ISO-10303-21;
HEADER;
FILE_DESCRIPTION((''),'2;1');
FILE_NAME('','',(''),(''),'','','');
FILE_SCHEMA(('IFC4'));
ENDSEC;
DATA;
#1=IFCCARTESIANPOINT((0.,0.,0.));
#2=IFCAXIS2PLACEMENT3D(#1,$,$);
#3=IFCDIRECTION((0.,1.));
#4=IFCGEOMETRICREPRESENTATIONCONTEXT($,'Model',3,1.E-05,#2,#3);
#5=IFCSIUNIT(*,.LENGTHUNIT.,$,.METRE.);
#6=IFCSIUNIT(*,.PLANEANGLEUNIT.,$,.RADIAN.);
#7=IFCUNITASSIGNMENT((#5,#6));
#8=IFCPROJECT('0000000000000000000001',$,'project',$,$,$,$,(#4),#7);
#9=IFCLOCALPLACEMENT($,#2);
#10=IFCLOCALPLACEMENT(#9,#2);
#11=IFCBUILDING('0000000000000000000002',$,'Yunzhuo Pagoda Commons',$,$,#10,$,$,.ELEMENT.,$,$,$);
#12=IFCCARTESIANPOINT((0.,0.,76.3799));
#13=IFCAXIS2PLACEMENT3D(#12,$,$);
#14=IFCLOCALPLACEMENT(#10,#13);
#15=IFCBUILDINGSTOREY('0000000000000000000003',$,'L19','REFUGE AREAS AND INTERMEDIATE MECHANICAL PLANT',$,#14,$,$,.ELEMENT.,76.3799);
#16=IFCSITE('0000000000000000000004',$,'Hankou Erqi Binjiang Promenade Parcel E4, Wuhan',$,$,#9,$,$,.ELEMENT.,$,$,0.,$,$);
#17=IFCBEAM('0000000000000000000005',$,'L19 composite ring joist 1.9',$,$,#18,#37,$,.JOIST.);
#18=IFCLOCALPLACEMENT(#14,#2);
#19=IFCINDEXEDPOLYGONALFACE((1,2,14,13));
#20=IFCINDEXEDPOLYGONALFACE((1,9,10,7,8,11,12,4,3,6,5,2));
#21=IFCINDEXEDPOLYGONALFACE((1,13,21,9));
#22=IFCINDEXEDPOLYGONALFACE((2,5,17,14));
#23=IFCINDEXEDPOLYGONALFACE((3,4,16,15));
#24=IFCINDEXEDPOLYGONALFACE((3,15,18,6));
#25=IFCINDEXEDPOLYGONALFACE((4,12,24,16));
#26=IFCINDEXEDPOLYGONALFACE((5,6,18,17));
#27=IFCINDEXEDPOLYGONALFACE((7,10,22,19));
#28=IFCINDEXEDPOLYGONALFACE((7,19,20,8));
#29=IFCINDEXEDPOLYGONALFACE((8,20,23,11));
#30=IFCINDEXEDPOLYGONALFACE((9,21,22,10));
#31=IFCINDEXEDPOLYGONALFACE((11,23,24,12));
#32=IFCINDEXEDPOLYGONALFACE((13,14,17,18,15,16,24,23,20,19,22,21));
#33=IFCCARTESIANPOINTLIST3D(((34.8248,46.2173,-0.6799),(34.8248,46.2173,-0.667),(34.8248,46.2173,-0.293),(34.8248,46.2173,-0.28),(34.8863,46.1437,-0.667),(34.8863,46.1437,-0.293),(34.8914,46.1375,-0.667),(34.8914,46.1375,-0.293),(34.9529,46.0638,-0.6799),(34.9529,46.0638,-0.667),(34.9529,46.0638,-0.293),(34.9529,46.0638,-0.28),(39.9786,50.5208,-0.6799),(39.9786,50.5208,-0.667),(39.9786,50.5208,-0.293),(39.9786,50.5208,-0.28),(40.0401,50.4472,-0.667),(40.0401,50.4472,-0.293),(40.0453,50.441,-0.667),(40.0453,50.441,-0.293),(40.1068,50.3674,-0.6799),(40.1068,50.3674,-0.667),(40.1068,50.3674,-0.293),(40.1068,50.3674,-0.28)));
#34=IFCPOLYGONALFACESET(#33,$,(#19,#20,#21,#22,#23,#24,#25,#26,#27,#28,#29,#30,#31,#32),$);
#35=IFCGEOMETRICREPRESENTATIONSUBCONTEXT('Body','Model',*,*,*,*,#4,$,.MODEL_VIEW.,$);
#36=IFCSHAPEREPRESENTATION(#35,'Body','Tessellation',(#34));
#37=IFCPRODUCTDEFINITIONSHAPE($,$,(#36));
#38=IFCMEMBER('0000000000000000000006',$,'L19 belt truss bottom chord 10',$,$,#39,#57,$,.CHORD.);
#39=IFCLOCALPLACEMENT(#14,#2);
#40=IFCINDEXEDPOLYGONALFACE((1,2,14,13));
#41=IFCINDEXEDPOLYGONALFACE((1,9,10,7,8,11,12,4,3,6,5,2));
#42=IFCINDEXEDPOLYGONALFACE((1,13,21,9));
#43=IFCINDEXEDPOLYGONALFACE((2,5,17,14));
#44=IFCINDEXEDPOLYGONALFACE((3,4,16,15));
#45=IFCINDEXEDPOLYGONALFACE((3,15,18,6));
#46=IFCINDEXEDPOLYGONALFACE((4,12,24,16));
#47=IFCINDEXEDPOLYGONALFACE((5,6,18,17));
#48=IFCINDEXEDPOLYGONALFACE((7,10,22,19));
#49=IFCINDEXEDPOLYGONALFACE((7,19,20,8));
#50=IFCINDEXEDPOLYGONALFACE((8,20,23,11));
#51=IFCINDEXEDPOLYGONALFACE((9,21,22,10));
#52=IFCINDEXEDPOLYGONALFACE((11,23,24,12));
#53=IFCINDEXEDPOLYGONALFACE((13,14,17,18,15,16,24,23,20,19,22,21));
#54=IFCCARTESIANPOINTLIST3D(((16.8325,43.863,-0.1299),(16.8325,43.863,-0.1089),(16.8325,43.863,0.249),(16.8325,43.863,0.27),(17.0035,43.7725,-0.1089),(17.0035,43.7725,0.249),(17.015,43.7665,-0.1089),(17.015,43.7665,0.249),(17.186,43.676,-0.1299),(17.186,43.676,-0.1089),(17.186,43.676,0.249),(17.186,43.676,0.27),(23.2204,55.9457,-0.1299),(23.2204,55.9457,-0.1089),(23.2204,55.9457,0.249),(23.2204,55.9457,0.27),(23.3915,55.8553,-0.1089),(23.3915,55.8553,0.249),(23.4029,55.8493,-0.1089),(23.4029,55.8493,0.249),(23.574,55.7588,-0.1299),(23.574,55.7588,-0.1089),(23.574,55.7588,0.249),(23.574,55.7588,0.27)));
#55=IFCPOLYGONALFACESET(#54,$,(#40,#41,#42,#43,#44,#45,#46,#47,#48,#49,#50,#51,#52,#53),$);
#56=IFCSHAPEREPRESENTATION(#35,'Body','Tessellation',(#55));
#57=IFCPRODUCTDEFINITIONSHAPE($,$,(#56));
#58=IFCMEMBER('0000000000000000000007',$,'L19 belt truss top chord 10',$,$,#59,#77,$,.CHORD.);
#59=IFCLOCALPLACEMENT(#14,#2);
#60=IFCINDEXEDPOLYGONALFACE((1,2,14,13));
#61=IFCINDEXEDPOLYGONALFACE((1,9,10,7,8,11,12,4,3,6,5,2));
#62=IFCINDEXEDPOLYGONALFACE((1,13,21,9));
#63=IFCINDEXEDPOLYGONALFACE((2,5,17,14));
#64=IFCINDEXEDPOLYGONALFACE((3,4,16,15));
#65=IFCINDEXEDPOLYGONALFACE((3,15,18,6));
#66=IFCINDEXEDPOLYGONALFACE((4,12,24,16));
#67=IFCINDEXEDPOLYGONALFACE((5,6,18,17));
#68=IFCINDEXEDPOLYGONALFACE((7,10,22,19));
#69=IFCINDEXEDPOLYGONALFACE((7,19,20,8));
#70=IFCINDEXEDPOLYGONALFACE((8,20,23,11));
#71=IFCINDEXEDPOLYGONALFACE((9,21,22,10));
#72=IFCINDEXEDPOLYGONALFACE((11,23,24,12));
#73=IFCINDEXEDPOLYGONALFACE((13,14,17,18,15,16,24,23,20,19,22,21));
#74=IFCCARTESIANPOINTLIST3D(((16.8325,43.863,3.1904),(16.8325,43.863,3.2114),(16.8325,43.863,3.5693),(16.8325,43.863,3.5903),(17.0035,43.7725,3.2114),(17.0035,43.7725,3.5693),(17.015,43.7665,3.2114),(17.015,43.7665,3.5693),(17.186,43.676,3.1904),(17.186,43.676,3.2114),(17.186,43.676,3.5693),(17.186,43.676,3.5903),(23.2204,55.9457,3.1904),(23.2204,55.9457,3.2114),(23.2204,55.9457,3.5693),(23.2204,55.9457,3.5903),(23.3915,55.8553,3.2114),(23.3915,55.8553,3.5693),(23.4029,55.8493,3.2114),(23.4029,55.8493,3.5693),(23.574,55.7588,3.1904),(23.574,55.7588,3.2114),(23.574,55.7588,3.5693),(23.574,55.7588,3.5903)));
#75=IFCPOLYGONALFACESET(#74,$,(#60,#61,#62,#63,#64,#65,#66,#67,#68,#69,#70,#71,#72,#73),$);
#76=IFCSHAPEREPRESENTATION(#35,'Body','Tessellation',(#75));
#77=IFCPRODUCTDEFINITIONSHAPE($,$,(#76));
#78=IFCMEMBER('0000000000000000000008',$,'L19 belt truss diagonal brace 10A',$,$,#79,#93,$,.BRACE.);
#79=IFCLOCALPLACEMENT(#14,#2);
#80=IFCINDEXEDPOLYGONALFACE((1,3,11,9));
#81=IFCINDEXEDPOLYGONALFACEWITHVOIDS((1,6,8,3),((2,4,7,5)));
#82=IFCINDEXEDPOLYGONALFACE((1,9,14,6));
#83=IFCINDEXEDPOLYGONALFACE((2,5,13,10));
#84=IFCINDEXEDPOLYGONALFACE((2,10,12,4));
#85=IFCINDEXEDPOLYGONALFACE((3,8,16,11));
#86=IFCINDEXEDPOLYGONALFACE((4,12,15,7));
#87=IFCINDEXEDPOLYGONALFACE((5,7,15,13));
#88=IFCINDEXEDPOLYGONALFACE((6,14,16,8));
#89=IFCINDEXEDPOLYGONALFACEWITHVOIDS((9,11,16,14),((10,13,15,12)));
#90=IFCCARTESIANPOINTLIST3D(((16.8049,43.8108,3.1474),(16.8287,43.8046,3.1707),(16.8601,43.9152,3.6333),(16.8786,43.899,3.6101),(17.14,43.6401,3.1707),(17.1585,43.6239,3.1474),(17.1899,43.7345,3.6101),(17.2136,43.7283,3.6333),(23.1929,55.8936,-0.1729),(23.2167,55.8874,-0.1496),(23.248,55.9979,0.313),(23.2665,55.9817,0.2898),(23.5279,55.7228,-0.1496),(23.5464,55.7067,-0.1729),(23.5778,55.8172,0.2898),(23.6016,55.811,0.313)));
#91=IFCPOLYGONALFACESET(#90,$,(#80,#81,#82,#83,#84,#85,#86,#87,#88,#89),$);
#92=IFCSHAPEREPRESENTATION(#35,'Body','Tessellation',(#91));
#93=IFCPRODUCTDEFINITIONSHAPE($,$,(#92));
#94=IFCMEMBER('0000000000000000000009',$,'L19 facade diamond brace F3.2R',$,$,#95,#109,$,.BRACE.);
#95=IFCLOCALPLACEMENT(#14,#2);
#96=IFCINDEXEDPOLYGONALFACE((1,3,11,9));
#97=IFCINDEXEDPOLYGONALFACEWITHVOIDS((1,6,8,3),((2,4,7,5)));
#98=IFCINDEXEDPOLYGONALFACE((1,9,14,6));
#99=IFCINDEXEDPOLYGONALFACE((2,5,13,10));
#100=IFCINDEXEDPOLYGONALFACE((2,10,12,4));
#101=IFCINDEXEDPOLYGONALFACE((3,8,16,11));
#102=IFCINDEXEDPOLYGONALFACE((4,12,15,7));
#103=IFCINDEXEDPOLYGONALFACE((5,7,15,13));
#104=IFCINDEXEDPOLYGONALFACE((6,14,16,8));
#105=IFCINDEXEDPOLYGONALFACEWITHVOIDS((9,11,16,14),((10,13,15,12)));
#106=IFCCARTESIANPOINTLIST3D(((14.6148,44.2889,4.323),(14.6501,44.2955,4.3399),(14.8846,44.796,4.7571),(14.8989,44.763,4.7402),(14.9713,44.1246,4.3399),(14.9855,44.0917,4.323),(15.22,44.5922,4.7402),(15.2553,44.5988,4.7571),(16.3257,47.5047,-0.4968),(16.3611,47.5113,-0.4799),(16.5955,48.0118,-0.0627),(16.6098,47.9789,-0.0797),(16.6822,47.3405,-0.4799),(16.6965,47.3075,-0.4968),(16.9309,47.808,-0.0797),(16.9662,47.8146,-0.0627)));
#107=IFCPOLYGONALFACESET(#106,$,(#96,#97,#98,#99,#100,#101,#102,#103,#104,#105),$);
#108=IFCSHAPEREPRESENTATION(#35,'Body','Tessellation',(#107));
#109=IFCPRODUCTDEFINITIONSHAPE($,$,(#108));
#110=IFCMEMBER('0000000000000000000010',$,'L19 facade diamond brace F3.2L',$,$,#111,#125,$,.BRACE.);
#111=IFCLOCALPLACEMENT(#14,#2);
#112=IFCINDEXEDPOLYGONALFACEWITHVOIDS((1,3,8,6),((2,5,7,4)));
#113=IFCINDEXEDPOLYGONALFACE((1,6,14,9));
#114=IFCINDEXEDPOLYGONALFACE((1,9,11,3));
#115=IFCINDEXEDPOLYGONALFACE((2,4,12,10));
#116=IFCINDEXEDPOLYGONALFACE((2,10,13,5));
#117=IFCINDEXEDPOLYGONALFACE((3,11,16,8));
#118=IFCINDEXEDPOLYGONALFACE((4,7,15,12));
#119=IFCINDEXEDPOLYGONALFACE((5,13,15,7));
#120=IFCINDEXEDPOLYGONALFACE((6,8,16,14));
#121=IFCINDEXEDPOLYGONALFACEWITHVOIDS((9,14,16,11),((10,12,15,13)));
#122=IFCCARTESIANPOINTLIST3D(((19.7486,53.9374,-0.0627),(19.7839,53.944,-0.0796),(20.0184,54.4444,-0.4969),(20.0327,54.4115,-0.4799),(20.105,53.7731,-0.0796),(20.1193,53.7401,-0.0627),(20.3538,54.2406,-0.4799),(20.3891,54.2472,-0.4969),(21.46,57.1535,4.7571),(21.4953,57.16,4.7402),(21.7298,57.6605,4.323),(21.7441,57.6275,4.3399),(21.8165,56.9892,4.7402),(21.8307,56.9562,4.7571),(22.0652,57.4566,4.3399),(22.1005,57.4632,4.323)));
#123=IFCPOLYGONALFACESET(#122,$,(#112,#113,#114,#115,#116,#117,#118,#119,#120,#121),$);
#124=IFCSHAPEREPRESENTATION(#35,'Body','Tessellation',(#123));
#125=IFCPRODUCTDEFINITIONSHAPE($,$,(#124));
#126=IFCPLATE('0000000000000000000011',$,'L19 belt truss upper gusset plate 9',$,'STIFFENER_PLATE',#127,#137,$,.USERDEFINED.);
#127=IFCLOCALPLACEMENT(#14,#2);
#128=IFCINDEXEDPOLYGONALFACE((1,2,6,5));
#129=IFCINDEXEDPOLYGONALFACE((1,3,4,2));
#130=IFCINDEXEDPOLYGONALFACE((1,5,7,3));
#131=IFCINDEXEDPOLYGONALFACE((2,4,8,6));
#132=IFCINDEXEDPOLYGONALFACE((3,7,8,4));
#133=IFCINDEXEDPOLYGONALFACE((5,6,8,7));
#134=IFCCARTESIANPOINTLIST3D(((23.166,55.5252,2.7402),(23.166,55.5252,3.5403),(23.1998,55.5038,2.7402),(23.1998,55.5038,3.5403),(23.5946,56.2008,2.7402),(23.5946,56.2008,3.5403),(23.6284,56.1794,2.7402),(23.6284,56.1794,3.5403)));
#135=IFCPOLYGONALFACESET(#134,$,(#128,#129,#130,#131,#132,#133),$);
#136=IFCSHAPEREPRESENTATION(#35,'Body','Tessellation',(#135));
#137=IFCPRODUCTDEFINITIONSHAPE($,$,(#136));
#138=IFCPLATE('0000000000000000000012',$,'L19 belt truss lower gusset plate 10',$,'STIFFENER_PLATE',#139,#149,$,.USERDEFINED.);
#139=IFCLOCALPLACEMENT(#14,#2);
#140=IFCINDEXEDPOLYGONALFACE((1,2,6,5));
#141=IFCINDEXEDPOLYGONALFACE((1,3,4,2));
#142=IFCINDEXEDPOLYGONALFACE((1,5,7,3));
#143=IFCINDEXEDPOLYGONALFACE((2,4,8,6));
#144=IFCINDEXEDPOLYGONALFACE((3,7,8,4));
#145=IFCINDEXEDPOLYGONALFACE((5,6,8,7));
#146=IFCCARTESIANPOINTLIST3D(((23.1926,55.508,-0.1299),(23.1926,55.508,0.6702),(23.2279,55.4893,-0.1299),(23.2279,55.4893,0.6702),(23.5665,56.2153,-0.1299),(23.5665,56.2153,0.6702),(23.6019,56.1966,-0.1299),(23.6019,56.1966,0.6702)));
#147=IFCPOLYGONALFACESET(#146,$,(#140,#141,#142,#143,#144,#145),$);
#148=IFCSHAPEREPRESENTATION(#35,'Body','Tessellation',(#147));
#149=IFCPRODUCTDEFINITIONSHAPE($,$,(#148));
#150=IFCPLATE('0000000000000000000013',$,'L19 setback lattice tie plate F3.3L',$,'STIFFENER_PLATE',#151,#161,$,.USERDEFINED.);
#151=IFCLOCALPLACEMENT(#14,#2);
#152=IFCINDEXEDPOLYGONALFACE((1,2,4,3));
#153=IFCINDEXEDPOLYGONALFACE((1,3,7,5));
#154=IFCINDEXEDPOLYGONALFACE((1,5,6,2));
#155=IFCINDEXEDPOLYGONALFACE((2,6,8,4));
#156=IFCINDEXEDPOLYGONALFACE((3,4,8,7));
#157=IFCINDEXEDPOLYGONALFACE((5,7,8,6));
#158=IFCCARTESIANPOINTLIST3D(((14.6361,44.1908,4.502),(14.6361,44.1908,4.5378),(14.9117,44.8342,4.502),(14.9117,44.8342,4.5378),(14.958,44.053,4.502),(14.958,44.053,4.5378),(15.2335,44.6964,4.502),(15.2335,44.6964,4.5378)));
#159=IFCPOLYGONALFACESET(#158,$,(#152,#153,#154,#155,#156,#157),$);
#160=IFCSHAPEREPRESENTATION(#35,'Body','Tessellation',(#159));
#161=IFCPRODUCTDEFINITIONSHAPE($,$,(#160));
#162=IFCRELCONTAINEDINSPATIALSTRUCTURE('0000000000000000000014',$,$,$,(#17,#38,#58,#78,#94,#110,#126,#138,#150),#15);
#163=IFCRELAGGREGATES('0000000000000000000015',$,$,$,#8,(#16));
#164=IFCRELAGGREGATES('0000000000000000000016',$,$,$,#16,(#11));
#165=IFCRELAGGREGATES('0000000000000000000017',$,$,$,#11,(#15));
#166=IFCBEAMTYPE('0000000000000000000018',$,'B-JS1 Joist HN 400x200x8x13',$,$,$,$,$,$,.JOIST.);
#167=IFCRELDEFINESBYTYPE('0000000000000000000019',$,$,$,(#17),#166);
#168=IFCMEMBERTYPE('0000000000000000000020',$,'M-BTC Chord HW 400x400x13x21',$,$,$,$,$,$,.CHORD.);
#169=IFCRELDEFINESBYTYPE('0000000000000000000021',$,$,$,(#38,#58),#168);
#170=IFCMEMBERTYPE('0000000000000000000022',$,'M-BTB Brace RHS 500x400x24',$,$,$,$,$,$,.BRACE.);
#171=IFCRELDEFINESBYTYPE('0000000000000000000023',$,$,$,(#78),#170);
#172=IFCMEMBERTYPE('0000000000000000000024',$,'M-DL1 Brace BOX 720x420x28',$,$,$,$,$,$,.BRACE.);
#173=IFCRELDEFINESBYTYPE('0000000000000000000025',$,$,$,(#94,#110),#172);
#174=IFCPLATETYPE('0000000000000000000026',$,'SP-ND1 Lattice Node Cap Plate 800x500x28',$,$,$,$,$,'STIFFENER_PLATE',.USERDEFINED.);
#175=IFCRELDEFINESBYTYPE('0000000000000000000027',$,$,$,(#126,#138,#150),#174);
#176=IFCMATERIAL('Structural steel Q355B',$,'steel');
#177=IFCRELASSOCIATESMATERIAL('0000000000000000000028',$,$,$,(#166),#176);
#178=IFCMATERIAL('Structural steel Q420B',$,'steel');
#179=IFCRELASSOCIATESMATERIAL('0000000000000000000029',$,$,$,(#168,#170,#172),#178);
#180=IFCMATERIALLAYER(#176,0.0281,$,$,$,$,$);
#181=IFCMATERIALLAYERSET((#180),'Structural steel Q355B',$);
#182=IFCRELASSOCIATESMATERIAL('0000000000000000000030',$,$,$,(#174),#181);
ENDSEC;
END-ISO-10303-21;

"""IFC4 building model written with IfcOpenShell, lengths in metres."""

from ifc_helpers import new_model, si_unit, direction, frame, origin, origin_2d, place, context, subcontext, project, spatial, rectangle, hollow_rectangle, i_section, extrude, source, transform, mapped, material, layer, layer_set, material_profile, profile_set, type_object, element, save


model = new_model("IFC4")

# Units and contexts
model_context = context("Model", 3, precision=1e-05, world=origin(), true_north=direction((0.0, 1.0)))
body_context = subcontext(model_context, "Body", "Model", "MODEL_VIEW")
ifc_project = project(units=[si_unit("LENGTHUNIT", "METRE"), si_unit("PLANEANGLEUNIT", "RADIAN")], contexts=[model_context])

# Site, building, storey
site_placement = place(None, origin())
site = spatial("IfcSite", under=ifc_project, at=site_placement, Name="Hankou Erqi Binjiang Promenade Parcel E4, Wuhan", CompositionType="ELEMENT", RefElevation=0.0)
building_placement = place(site_placement, origin())
building = spatial("IfcBuilding", under=site, at=building_placement, Name="Yunzhuo Pagoda Commons", CompositionType="ELEMENT")
storey_placement = place(building_placement, frame((0.0, 0.0, 76.3799)))
storey = spatial("IfcBuildingStorey", under=building, at=storey_placement, Name="L19", Description="REFUGE AREAS AND INTERMEDIATE MECHANICAL PLANT", CompositionType="ELEMENT", Elevation=76.3799)

# Shared definitions
ifc_material_1 = material(Name="Structural steel Q420B", Category="steel")

# Beam
ifc_material_2 = material(Name="Structural steel Q355B", Category="steel")
ifc_material_profile_1 = material_profile(ifc_material_2, i_section(OverallWidth=0.2, OverallDepth=0.3999, WebThickness=0.0081, FlangeThickness=0.0129, at=origin_2d()), Name="Structural steel Q355B")
ifc_profile_set_1 = profile_set([ifc_material_profile_1], Name="Structural steel Q355B")
beam_type_1 = type_object("IfcBeamType", Name="B-JS1 Joist HN 400x200x8x13", PredefinedType="JOIST", material=ifc_profile_set_1)
shared_shape_1 = source(origin(), body_context, "Body", "SweptSolid", [
    extrude(i_section(OverallWidth=0.2, OverallDepth=0.3999, WebThickness=0.0081, FlangeThickness=0.0129, at=origin_2d()), origin(), (0.0, 0.0, 1.0), 6.7144),
])
beam_1_placement = place(storey_placement, frame((40.0427, 50.4441, -0.48), z_axis=(-0.767589, -0.640942, 0.0), x_axis=(0.640942, -0.767589, 0.0)))
element("IfcBeam", 1, at=beam_1_placement, inside=storey, type_object=beam_type_1, Name="L19 composite ring joist 1.9", PredefinedType="JOIST", context=body_context, shape_type="MappedRepresentation", body=[
    mapped(shared_shape_1, transform((0.0, 0.0, 0.0), scale=1.0)),
])

# Members
ifc_material_profile_2 = material_profile(ifc_material_1, i_section(OverallWidth=0.3999, OverallDepth=0.3999, WebThickness=0.0129, FlangeThickness=0.021, at=origin_2d()), Name="Structural steel Q420B")
ifc_profile_set_2 = profile_set([ifc_material_profile_2], Name="Structural steel Q420B")
member_type_1 = type_object("IfcMemberType", Name="M-BTC Chord HW 400x400x13x21", PredefinedType="CHORD", material=ifc_profile_set_2)
shared_shape_2 = source(origin(), body_context, "Body", "SweptSolid", [
    extrude(i_section(OverallWidth=0.3999, OverallDepth=0.3999, WebThickness=0.0129, FlangeThickness=0.021, at=origin_2d()), origin(), (0.0, 0.0, 1.0), 13.6675),
])
for number, where, z_axis, x_axis, name in (
    (2, (23.3972, 55.8523, 0.0701), (-0.467384, -0.884055, 0.0), (0.884055, -0.467384, 0.0), "L19 belt truss bottom chord 10"),
    (3, (23.3972, 55.8523, 3.3904), (-0.467384, -0.884055, 0.0), (0.884055, -0.467384, 0.0), "L19 belt truss top chord 10"),
):
    element("IfcMember", number, at=place(storey_placement, frame(where, z_axis=z_axis, x_axis=x_axis)), inside=storey, type_object=member_type_1, Name=name, PredefinedType="CHORD", context=body_context, shape_type="MappedRepresentation", body=[
        mapped(shared_shape_2, transform((0.0, 0.0, 0.0), scale=1.0)),
    ])
ifc_material_profile_3 = material_profile(ifc_material_1, hollow_rectangle(XDim=0.3999, YDim=0.5, WallThickness=0.0239, at=origin_2d()), Name="Structural steel Q420B")
ifc_profile_set_3 = profile_set([ifc_material_profile_3], Name="Structural steel Q420B")
member_type_2 = type_object("IfcMemberType", Name="M-BTB Brace RHS 500x400x24", PredefinedType="BRACE", material=ifc_profile_set_3)
shared_shape_3 = source(origin(), body_context, "Body", "SweptSolid", [
    extrude(hollow_rectangle(XDim=0.3999, YDim=0.5, WallThickness=0.0239, at=origin_2d()), origin(), (0.0, 0.0, 1.0), 14.0649),
])
member_1_placement = place(storey_placement, frame((23.3972, 55.8523, 0.0701), z_axis=(-0.454174, -0.859068, 0.23607), x_axis=(0.884055, -0.467384, 0.0)))
element("IfcMember", 4, at=member_1_placement, inside=storey, type_object=member_type_2, Name="L19 belt truss diagonal brace 10A", PredefinedType="BRACE", context=body_context, shape_type="MappedRepresentation", body=[
    mapped(shared_shape_3, transform((0.0, 0.0, 0.0), scale=1.0)),
])
ifc_material_profile_4 = material_profile(ifc_material_1, hollow_rectangle(XDim=0.4199, YDim=0.72, WallThickness=0.0281, at=origin_2d()), Name="Structural steel Q420B")
ifc_profile_set_4 = profile_set([ifc_material_profile_4], Name="Structural steel Q420B")
member_type_3 = type_object("IfcMemberType", Name="M-DL1 Brace BOX 720x420x28", PredefinedType="BRACE", material=ifc_profile_set_4)
shared_shape_4 = source(origin(), body_context, "Body", "SweptSolid", [
    extrude(hollow_rectangle(XDim=0.4199, YDim=0.72, WallThickness=0.0281, at=origin_2d()), origin(), (0.0, 0.0, 1.0), 6.0415),
])
member_2_placement = place(storey_placement, frame((16.646, 47.6597, -0.2798), z_axis=(-0.283198, -0.53229, 0.797788), x_axis=(0.882827, -0.469697, 0.0)))
element("IfcMember", 5, at=member_2_placement, inside=storey, type_object=member_type_3, Name="L19 facade diamond brace F3.2R", PredefinedType="BRACE", context=body_context, shape_type="MappedRepresentation", body=[
    mapped(shared_shape_4, transform((0.0, 0.0, 0.0), scale=1.0)),
])
shared_shape_5 = source(origin(), body_context, "Body", "SweptSolid", [
    extrude(hollow_rectangle(XDim=0.4199, YDim=0.72, WallThickness=0.0281, at=origin_2d()), origin(), (0.0, 0.0, 1.0), 6.0417),
])
member_3_placement = place(storey_placement, frame((20.0688, 54.0923, -0.2798), z_axis=(0.283267, 0.532307, 0.797753), x_axis=(-0.882787, 0.469774, 0.0)))
element("IfcMember", 6, at=member_3_placement, inside=storey, type_object=member_type_3, Name="L19 facade diamond brace F3.2L", PredefinedType="BRACE", context=body_context, shape_type="MappedRepresentation", body=[
    mapped(shared_shape_5, transform((0.0, 0.0, 0.0), scale=1.0)),
])

# Plates
ifc_layer_1 = layer(ifc_material_2, 0.0281)
ifc_layer_set_1 = layer_set([ifc_layer_1], Name="Structural steel Q355B")
plate_type = type_object("IfcPlateType", Name="SP-ND1 Lattice Node Cap Plate 800x500x28", ElementType="STIFFENER_PLATE", PredefinedType="USERDEFINED", material=ifc_layer_set_1)
shared_shape_6 = source(origin(), body_context, "Body", "SweptSolid", [
    extrude(rectangle(XDim=0.8, YDim=0.04, at=origin_2d()), origin(), (0.0, 0.0, 1.0), 0.8),
])
for number, where, z_axis, x_axis, name in (
    (7, (23.3972, 55.8523, 2.7402), (0.0, 0.0, 1.0), (-0.535694, -0.844412, 0.0), "L19 belt truss upper gusset plate 9"),
    (8, (23.3972, 55.8523, -0.1299), (0.0, 0.0, 1.0), (-0.46739, -0.884051, 0.0), "L19 belt truss lower gusset plate 10"),
):
    element("IfcPlate", number, at=place(storey_placement, frame(where, z_axis=z_axis, x_axis=x_axis)), inside=storey, type_object=plate_type, Name=name, ObjectType="STIFFENER_PLATE", PredefinedType="USERDEFINED", context=body_context, shape_type="MappedRepresentation", body=[
        mapped(shared_shape_6, transform((0.0, 0.0, 0.0), scale=1.0)),
    ])
shared_shape_7 = source(origin(), body_context, "Body", "SweptSolid", [
    extrude(rectangle(XDim=0.7, YDim=0.3501, at=origin_2d()), origin(), (0.0, 0.0, 1.0), 0.0359),
])
plate_placement = place(storey_placement, frame((14.9348, 44.4436, 4.502), z_axis=(0.0, 0.0, 1.0), x_axis=(-0.393669, -0.919252, 0.0)))
element("IfcPlate", 9, at=plate_placement, inside=storey, type_object=plate_type, Name="L19 setback lattice tie plate F3.3L", ObjectType="STIFFENER_PLATE", PredefinedType="USERDEFINED", context=body_context, shape_type="MappedRepresentation", body=[
    mapped(shared_shape_7, transform((0.0, 0.0, 0.0), scale=1.0)),
])

save(model, "model.ifc")
